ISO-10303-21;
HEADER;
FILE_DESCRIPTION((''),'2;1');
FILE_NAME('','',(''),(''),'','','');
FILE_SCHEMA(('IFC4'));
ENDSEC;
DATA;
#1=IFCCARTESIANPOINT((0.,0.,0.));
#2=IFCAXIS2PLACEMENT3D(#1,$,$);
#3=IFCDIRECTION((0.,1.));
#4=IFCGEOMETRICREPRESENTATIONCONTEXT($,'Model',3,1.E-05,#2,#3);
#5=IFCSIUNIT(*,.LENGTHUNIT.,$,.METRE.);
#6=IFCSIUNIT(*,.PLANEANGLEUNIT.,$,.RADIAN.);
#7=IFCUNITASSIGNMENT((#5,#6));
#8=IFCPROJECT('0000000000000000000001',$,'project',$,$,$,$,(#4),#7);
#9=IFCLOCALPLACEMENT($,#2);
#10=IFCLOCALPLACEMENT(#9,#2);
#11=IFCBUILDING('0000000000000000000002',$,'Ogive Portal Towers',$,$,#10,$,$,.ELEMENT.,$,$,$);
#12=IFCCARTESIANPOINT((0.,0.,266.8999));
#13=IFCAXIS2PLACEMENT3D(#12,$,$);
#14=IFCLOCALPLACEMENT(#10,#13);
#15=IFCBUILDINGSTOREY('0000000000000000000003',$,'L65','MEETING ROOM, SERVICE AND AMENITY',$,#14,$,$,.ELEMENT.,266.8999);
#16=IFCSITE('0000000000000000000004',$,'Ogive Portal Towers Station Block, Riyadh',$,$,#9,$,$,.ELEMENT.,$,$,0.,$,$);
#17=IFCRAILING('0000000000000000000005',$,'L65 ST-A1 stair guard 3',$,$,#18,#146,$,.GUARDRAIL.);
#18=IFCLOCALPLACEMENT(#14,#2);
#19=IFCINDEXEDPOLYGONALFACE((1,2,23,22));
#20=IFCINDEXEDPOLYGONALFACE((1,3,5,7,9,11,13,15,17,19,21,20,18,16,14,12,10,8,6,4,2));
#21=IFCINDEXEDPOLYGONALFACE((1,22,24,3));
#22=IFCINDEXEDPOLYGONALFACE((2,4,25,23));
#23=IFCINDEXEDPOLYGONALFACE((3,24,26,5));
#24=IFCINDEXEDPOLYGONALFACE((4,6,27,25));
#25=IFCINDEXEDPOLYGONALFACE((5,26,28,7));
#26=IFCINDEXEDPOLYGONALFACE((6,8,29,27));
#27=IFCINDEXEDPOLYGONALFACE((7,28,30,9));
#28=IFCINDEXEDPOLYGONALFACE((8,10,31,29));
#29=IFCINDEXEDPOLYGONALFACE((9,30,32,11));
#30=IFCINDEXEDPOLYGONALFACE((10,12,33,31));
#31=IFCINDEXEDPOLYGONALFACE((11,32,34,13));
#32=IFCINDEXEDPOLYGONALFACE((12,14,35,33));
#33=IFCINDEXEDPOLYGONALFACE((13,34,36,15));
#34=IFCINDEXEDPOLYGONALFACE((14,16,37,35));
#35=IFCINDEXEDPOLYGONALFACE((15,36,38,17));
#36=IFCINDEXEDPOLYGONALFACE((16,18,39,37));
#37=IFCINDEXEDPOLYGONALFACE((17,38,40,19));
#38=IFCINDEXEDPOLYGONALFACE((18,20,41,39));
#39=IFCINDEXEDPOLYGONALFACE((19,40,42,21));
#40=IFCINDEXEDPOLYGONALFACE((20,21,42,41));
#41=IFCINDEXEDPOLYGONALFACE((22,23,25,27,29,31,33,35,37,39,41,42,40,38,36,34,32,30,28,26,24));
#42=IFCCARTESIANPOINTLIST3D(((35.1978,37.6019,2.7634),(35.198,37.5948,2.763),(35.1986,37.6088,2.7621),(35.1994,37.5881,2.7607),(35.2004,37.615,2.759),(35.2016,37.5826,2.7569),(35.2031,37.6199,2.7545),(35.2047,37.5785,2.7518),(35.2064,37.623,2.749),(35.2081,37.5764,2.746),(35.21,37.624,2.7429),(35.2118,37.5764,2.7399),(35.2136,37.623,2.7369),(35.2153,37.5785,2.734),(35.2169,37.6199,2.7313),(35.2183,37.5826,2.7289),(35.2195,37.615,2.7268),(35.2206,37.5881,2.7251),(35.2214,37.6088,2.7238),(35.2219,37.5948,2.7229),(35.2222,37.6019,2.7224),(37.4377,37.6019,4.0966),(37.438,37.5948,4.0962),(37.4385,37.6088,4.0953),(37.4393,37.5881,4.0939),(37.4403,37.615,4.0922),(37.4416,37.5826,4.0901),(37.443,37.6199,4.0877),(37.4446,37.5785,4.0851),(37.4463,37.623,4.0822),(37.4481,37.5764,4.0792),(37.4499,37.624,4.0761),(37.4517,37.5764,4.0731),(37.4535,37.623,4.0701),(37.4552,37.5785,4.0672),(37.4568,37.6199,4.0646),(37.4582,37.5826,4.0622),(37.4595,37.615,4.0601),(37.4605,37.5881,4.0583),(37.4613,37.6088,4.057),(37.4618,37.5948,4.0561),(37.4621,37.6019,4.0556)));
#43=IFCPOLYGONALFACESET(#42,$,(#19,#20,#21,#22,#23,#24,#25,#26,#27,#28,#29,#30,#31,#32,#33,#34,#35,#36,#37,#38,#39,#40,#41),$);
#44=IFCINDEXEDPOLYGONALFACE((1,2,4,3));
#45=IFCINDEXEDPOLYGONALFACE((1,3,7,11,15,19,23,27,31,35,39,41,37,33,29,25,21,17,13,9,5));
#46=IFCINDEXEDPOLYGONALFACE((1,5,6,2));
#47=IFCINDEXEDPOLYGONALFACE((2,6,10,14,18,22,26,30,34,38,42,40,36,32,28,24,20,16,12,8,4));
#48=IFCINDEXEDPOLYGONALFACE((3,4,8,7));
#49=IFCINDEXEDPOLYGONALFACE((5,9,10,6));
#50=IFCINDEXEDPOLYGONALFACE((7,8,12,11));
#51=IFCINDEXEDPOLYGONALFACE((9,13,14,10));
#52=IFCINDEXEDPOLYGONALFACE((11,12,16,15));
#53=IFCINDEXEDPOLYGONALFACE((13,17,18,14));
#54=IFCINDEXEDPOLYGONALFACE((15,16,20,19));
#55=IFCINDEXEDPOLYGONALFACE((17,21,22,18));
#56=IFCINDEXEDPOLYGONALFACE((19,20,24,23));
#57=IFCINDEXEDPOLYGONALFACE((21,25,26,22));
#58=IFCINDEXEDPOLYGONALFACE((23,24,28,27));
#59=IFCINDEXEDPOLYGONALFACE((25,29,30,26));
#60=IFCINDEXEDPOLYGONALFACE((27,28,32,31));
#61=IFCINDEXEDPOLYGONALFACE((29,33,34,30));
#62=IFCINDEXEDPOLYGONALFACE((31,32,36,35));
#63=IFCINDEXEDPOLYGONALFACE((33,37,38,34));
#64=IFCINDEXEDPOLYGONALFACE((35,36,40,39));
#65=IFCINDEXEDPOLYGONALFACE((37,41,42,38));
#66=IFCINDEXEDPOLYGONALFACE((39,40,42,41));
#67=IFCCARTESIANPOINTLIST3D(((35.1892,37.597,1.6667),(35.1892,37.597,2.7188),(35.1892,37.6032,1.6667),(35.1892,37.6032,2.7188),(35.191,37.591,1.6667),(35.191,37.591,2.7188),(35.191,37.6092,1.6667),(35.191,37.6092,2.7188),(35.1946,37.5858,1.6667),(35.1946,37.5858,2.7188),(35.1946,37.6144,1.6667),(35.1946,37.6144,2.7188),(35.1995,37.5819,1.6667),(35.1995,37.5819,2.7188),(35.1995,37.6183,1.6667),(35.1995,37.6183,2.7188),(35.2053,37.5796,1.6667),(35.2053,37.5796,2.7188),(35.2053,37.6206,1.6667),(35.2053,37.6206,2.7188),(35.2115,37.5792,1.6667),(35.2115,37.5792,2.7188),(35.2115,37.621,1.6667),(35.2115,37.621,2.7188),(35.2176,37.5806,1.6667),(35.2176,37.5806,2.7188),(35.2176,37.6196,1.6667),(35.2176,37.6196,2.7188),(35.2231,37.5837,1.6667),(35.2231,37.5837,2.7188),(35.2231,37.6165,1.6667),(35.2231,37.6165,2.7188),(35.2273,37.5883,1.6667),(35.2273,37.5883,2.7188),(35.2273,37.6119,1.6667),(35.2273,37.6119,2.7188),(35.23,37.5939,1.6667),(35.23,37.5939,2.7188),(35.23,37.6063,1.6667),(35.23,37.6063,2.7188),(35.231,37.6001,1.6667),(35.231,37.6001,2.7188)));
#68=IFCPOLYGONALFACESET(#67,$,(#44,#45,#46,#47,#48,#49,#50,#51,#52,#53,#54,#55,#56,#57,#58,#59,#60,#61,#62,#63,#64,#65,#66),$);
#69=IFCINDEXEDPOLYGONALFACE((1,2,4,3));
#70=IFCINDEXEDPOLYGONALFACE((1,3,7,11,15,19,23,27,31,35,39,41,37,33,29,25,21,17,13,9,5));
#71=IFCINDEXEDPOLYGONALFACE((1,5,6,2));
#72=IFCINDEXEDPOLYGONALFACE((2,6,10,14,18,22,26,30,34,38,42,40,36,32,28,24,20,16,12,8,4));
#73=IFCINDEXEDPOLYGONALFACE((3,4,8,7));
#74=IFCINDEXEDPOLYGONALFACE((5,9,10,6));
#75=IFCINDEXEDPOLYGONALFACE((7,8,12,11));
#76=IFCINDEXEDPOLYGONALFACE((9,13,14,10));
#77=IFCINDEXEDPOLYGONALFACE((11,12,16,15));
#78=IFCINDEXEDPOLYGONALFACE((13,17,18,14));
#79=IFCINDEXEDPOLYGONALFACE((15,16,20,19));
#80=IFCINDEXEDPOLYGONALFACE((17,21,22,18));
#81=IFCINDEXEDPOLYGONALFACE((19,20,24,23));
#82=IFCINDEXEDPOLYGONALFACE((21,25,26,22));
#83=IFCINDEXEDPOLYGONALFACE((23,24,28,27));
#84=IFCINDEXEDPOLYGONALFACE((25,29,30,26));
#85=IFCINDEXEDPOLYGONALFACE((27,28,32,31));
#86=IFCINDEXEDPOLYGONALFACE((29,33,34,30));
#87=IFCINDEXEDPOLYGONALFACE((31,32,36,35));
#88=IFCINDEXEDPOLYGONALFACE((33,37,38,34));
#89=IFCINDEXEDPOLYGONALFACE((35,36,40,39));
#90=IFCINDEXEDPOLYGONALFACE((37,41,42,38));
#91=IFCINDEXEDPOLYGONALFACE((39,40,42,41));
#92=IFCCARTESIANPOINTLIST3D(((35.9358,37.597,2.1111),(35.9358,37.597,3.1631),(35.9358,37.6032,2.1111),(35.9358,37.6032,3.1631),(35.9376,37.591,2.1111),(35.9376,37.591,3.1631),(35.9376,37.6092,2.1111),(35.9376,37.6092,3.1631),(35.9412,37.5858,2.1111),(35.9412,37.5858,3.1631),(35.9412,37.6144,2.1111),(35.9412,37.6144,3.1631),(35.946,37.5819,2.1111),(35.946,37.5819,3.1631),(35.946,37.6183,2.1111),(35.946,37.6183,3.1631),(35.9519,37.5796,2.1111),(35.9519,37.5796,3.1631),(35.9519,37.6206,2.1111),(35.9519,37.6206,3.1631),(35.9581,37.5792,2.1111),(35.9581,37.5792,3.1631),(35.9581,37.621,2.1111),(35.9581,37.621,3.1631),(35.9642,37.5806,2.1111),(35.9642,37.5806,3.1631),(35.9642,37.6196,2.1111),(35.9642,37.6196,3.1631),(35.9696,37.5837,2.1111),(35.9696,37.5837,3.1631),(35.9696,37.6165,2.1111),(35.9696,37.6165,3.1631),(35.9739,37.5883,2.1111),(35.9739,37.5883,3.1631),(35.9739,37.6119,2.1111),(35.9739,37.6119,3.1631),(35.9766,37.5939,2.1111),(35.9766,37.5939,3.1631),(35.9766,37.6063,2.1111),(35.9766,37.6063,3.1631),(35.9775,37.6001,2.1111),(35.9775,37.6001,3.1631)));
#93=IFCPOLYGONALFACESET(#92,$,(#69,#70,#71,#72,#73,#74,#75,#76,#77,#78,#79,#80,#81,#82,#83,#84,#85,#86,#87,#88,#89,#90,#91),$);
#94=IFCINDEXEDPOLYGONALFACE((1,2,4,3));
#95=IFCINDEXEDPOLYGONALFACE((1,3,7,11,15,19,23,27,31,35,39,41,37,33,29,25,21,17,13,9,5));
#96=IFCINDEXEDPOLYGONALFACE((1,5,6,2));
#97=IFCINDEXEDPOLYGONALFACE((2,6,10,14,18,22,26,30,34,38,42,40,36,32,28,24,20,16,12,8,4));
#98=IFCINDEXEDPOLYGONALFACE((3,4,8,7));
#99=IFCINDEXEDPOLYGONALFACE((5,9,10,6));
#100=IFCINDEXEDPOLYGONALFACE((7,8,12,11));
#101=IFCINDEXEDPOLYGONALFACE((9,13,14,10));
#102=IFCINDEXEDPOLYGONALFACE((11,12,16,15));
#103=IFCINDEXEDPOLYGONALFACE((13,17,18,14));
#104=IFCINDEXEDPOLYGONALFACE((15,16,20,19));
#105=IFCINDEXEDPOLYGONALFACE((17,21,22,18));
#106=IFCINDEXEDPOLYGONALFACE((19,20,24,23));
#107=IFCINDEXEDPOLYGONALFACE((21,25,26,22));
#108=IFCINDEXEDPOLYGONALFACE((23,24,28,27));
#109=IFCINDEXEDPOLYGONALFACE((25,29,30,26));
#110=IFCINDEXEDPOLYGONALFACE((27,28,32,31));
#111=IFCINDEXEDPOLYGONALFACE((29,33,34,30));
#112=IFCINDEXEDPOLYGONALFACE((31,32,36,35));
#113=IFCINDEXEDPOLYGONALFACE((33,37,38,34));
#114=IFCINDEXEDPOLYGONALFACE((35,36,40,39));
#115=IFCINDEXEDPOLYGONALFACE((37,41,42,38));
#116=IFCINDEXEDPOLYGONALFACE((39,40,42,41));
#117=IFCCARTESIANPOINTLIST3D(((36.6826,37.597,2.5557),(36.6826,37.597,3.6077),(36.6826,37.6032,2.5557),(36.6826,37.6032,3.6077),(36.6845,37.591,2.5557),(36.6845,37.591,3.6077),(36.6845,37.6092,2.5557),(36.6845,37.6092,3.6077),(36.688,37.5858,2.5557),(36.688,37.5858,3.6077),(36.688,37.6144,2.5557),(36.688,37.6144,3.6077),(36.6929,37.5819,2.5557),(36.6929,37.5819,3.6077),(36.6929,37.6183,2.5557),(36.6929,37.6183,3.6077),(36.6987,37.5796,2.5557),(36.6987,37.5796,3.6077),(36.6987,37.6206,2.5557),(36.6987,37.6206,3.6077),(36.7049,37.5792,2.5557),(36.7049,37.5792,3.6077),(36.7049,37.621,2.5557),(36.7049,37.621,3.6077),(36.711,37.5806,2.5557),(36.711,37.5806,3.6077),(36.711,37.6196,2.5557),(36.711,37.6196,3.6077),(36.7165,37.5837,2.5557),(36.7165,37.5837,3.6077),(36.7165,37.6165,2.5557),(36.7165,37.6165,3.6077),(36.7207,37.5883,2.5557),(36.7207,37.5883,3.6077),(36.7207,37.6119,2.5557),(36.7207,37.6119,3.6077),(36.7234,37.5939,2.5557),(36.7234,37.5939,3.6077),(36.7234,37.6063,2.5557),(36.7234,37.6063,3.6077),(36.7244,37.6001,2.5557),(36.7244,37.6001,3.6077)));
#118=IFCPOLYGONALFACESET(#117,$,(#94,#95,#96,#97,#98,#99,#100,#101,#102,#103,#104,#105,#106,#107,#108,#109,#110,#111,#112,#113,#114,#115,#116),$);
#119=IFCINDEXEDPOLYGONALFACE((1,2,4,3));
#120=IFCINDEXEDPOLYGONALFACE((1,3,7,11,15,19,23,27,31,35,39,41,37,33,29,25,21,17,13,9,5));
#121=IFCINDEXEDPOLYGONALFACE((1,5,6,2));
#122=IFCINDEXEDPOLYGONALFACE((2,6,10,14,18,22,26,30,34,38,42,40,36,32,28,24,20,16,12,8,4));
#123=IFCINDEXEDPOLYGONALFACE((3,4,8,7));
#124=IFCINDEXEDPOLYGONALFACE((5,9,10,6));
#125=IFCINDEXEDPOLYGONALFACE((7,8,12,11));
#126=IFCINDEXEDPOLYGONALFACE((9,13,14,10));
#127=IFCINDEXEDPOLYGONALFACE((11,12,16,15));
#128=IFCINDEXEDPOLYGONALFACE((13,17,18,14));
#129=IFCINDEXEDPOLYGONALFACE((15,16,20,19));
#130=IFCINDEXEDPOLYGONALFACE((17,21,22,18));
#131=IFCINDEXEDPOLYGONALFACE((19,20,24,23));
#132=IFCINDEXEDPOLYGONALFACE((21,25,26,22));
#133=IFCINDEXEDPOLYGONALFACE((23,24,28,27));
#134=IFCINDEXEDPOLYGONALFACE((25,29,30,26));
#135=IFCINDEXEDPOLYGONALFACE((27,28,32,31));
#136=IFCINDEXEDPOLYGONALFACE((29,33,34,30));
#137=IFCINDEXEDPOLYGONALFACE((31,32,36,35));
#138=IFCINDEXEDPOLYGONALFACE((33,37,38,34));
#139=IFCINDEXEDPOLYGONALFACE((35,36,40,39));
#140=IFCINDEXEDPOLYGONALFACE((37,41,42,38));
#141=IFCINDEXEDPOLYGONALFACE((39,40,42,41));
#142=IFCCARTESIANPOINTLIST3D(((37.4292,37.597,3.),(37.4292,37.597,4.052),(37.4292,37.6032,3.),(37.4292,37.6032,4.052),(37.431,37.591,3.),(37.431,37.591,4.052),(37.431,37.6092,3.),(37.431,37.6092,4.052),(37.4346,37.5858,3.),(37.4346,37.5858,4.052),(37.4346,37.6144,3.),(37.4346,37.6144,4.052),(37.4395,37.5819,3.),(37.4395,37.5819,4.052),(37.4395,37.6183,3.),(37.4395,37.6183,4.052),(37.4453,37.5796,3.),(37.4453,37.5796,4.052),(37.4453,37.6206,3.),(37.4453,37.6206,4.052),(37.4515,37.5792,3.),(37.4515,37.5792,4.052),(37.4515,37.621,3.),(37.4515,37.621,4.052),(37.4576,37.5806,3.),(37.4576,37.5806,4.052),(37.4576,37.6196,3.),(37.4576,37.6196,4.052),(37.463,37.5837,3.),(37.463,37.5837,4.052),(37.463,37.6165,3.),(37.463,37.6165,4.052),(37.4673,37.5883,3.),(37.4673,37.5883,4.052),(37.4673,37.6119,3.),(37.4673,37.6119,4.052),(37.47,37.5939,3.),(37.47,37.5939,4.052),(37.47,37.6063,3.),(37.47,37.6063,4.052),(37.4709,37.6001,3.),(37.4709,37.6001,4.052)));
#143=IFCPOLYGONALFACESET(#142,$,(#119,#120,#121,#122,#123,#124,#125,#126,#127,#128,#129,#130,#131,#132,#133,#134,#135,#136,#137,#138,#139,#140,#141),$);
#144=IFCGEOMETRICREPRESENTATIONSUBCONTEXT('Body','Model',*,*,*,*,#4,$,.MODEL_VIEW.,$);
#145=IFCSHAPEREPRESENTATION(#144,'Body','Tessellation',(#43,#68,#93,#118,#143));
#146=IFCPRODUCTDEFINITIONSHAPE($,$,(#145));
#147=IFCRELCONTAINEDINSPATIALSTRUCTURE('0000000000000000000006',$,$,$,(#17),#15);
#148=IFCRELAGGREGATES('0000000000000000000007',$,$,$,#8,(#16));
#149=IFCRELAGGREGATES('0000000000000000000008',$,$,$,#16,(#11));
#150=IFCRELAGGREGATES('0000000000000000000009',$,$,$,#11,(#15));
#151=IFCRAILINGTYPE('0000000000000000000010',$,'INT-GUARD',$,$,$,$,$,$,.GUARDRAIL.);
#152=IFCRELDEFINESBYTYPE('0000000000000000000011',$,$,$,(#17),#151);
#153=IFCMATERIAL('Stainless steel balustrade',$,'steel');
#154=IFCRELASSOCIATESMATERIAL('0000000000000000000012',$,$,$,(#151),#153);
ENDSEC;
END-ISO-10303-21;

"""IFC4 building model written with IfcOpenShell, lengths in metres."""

from ifc_helpers import new_model, si_unit, direction, frame, origin, origin_2d, place, context, subcontext, project, spatial, circle, extrude, material, type_object, element, save


model = new_model("IFC4")

# Units and contexts
model_context = context("Model", 3, precision=1e-05, world=origin(), true_north=direction((0.0, 1.0)))
body_context = subcontext(model_context, "Body", "Model", "MODEL_VIEW")
ifc_project = project(units=[si_unit("LENGTHUNIT", "METRE"), si_unit("PLANEANGLEUNIT", "RADIAN")], contexts=[model_context])

# Site, building, storey
site_placement = place(None, origin())
site = spatial("IfcSite", under=ifc_project, at=site_placement, Name="Ogive Portal Towers Station Block, Riyadh", CompositionType="ELEMENT", RefElevation=0.0)
building_placement = place(site_placement, origin())
building = spatial("IfcBuilding", under=site, at=building_placement, Name="Ogive Portal Towers", CompositionType="ELEMENT")
storey_placement = place(building_placement, frame((0.0, 0.0, 266.8999)))
storey = spatial("IfcBuildingStorey", under=building, at=storey_placement, Name="L65", Description="MEETING ROOM, SERVICE AND AMENITY", CompositionType="ELEMENT", Elevation=266.8999)

# Railing
ifc_material_1 = material(Name="Stainless steel balustrade", Category="steel")
railing_type_1 = type_object("IfcRailingType", Name="INT-GUARD", PredefinedType="GUARDRAIL", material=ifc_material_1)
railing_1_placement = place(storey_placement, frame((35.21, 37.6001, 1.6667)))
element("IfcRailing", 1, at=railing_1_placement, inside=storey, type_object=railing_type_1, Name="L65 ST-A1 stair guard 3", PredefinedType="GUARDRAIL", context=body_context, shape_type="SweptSolid", body=[
    extrude(circle(Radius=0.0239, at=origin_2d()), frame((0.0, 0.0, 1.0762), z_axis=(0.859306, 0.0, 0.511462), x_axis=(0.0, 1.0, 0.0)), (0.0, 0.0, 1.0), 2.6067),
    extrude(circle(Radius=0.021, at=origin_2d()), origin(), (0.0, 0.0, 1.0), 1.052),
    extrude(circle(Radius=0.021, at=origin_2d()), frame((0.7466, 0.0, 0.4443)), (0.0, 0.0, 1.0), 1.052),
    extrude(circle(Radius=0.021, at=origin_2d()), frame((1.4934, 0.0, 0.8889)), (0.0, 0.0, 1.0), 1.052),
    extrude(circle(Radius=0.021, at=origin_2d()), frame((2.24, 0.0, 1.3333)), (0.0, 0.0, 1.0), 1.052),
])

save(model, "model.ifc")
